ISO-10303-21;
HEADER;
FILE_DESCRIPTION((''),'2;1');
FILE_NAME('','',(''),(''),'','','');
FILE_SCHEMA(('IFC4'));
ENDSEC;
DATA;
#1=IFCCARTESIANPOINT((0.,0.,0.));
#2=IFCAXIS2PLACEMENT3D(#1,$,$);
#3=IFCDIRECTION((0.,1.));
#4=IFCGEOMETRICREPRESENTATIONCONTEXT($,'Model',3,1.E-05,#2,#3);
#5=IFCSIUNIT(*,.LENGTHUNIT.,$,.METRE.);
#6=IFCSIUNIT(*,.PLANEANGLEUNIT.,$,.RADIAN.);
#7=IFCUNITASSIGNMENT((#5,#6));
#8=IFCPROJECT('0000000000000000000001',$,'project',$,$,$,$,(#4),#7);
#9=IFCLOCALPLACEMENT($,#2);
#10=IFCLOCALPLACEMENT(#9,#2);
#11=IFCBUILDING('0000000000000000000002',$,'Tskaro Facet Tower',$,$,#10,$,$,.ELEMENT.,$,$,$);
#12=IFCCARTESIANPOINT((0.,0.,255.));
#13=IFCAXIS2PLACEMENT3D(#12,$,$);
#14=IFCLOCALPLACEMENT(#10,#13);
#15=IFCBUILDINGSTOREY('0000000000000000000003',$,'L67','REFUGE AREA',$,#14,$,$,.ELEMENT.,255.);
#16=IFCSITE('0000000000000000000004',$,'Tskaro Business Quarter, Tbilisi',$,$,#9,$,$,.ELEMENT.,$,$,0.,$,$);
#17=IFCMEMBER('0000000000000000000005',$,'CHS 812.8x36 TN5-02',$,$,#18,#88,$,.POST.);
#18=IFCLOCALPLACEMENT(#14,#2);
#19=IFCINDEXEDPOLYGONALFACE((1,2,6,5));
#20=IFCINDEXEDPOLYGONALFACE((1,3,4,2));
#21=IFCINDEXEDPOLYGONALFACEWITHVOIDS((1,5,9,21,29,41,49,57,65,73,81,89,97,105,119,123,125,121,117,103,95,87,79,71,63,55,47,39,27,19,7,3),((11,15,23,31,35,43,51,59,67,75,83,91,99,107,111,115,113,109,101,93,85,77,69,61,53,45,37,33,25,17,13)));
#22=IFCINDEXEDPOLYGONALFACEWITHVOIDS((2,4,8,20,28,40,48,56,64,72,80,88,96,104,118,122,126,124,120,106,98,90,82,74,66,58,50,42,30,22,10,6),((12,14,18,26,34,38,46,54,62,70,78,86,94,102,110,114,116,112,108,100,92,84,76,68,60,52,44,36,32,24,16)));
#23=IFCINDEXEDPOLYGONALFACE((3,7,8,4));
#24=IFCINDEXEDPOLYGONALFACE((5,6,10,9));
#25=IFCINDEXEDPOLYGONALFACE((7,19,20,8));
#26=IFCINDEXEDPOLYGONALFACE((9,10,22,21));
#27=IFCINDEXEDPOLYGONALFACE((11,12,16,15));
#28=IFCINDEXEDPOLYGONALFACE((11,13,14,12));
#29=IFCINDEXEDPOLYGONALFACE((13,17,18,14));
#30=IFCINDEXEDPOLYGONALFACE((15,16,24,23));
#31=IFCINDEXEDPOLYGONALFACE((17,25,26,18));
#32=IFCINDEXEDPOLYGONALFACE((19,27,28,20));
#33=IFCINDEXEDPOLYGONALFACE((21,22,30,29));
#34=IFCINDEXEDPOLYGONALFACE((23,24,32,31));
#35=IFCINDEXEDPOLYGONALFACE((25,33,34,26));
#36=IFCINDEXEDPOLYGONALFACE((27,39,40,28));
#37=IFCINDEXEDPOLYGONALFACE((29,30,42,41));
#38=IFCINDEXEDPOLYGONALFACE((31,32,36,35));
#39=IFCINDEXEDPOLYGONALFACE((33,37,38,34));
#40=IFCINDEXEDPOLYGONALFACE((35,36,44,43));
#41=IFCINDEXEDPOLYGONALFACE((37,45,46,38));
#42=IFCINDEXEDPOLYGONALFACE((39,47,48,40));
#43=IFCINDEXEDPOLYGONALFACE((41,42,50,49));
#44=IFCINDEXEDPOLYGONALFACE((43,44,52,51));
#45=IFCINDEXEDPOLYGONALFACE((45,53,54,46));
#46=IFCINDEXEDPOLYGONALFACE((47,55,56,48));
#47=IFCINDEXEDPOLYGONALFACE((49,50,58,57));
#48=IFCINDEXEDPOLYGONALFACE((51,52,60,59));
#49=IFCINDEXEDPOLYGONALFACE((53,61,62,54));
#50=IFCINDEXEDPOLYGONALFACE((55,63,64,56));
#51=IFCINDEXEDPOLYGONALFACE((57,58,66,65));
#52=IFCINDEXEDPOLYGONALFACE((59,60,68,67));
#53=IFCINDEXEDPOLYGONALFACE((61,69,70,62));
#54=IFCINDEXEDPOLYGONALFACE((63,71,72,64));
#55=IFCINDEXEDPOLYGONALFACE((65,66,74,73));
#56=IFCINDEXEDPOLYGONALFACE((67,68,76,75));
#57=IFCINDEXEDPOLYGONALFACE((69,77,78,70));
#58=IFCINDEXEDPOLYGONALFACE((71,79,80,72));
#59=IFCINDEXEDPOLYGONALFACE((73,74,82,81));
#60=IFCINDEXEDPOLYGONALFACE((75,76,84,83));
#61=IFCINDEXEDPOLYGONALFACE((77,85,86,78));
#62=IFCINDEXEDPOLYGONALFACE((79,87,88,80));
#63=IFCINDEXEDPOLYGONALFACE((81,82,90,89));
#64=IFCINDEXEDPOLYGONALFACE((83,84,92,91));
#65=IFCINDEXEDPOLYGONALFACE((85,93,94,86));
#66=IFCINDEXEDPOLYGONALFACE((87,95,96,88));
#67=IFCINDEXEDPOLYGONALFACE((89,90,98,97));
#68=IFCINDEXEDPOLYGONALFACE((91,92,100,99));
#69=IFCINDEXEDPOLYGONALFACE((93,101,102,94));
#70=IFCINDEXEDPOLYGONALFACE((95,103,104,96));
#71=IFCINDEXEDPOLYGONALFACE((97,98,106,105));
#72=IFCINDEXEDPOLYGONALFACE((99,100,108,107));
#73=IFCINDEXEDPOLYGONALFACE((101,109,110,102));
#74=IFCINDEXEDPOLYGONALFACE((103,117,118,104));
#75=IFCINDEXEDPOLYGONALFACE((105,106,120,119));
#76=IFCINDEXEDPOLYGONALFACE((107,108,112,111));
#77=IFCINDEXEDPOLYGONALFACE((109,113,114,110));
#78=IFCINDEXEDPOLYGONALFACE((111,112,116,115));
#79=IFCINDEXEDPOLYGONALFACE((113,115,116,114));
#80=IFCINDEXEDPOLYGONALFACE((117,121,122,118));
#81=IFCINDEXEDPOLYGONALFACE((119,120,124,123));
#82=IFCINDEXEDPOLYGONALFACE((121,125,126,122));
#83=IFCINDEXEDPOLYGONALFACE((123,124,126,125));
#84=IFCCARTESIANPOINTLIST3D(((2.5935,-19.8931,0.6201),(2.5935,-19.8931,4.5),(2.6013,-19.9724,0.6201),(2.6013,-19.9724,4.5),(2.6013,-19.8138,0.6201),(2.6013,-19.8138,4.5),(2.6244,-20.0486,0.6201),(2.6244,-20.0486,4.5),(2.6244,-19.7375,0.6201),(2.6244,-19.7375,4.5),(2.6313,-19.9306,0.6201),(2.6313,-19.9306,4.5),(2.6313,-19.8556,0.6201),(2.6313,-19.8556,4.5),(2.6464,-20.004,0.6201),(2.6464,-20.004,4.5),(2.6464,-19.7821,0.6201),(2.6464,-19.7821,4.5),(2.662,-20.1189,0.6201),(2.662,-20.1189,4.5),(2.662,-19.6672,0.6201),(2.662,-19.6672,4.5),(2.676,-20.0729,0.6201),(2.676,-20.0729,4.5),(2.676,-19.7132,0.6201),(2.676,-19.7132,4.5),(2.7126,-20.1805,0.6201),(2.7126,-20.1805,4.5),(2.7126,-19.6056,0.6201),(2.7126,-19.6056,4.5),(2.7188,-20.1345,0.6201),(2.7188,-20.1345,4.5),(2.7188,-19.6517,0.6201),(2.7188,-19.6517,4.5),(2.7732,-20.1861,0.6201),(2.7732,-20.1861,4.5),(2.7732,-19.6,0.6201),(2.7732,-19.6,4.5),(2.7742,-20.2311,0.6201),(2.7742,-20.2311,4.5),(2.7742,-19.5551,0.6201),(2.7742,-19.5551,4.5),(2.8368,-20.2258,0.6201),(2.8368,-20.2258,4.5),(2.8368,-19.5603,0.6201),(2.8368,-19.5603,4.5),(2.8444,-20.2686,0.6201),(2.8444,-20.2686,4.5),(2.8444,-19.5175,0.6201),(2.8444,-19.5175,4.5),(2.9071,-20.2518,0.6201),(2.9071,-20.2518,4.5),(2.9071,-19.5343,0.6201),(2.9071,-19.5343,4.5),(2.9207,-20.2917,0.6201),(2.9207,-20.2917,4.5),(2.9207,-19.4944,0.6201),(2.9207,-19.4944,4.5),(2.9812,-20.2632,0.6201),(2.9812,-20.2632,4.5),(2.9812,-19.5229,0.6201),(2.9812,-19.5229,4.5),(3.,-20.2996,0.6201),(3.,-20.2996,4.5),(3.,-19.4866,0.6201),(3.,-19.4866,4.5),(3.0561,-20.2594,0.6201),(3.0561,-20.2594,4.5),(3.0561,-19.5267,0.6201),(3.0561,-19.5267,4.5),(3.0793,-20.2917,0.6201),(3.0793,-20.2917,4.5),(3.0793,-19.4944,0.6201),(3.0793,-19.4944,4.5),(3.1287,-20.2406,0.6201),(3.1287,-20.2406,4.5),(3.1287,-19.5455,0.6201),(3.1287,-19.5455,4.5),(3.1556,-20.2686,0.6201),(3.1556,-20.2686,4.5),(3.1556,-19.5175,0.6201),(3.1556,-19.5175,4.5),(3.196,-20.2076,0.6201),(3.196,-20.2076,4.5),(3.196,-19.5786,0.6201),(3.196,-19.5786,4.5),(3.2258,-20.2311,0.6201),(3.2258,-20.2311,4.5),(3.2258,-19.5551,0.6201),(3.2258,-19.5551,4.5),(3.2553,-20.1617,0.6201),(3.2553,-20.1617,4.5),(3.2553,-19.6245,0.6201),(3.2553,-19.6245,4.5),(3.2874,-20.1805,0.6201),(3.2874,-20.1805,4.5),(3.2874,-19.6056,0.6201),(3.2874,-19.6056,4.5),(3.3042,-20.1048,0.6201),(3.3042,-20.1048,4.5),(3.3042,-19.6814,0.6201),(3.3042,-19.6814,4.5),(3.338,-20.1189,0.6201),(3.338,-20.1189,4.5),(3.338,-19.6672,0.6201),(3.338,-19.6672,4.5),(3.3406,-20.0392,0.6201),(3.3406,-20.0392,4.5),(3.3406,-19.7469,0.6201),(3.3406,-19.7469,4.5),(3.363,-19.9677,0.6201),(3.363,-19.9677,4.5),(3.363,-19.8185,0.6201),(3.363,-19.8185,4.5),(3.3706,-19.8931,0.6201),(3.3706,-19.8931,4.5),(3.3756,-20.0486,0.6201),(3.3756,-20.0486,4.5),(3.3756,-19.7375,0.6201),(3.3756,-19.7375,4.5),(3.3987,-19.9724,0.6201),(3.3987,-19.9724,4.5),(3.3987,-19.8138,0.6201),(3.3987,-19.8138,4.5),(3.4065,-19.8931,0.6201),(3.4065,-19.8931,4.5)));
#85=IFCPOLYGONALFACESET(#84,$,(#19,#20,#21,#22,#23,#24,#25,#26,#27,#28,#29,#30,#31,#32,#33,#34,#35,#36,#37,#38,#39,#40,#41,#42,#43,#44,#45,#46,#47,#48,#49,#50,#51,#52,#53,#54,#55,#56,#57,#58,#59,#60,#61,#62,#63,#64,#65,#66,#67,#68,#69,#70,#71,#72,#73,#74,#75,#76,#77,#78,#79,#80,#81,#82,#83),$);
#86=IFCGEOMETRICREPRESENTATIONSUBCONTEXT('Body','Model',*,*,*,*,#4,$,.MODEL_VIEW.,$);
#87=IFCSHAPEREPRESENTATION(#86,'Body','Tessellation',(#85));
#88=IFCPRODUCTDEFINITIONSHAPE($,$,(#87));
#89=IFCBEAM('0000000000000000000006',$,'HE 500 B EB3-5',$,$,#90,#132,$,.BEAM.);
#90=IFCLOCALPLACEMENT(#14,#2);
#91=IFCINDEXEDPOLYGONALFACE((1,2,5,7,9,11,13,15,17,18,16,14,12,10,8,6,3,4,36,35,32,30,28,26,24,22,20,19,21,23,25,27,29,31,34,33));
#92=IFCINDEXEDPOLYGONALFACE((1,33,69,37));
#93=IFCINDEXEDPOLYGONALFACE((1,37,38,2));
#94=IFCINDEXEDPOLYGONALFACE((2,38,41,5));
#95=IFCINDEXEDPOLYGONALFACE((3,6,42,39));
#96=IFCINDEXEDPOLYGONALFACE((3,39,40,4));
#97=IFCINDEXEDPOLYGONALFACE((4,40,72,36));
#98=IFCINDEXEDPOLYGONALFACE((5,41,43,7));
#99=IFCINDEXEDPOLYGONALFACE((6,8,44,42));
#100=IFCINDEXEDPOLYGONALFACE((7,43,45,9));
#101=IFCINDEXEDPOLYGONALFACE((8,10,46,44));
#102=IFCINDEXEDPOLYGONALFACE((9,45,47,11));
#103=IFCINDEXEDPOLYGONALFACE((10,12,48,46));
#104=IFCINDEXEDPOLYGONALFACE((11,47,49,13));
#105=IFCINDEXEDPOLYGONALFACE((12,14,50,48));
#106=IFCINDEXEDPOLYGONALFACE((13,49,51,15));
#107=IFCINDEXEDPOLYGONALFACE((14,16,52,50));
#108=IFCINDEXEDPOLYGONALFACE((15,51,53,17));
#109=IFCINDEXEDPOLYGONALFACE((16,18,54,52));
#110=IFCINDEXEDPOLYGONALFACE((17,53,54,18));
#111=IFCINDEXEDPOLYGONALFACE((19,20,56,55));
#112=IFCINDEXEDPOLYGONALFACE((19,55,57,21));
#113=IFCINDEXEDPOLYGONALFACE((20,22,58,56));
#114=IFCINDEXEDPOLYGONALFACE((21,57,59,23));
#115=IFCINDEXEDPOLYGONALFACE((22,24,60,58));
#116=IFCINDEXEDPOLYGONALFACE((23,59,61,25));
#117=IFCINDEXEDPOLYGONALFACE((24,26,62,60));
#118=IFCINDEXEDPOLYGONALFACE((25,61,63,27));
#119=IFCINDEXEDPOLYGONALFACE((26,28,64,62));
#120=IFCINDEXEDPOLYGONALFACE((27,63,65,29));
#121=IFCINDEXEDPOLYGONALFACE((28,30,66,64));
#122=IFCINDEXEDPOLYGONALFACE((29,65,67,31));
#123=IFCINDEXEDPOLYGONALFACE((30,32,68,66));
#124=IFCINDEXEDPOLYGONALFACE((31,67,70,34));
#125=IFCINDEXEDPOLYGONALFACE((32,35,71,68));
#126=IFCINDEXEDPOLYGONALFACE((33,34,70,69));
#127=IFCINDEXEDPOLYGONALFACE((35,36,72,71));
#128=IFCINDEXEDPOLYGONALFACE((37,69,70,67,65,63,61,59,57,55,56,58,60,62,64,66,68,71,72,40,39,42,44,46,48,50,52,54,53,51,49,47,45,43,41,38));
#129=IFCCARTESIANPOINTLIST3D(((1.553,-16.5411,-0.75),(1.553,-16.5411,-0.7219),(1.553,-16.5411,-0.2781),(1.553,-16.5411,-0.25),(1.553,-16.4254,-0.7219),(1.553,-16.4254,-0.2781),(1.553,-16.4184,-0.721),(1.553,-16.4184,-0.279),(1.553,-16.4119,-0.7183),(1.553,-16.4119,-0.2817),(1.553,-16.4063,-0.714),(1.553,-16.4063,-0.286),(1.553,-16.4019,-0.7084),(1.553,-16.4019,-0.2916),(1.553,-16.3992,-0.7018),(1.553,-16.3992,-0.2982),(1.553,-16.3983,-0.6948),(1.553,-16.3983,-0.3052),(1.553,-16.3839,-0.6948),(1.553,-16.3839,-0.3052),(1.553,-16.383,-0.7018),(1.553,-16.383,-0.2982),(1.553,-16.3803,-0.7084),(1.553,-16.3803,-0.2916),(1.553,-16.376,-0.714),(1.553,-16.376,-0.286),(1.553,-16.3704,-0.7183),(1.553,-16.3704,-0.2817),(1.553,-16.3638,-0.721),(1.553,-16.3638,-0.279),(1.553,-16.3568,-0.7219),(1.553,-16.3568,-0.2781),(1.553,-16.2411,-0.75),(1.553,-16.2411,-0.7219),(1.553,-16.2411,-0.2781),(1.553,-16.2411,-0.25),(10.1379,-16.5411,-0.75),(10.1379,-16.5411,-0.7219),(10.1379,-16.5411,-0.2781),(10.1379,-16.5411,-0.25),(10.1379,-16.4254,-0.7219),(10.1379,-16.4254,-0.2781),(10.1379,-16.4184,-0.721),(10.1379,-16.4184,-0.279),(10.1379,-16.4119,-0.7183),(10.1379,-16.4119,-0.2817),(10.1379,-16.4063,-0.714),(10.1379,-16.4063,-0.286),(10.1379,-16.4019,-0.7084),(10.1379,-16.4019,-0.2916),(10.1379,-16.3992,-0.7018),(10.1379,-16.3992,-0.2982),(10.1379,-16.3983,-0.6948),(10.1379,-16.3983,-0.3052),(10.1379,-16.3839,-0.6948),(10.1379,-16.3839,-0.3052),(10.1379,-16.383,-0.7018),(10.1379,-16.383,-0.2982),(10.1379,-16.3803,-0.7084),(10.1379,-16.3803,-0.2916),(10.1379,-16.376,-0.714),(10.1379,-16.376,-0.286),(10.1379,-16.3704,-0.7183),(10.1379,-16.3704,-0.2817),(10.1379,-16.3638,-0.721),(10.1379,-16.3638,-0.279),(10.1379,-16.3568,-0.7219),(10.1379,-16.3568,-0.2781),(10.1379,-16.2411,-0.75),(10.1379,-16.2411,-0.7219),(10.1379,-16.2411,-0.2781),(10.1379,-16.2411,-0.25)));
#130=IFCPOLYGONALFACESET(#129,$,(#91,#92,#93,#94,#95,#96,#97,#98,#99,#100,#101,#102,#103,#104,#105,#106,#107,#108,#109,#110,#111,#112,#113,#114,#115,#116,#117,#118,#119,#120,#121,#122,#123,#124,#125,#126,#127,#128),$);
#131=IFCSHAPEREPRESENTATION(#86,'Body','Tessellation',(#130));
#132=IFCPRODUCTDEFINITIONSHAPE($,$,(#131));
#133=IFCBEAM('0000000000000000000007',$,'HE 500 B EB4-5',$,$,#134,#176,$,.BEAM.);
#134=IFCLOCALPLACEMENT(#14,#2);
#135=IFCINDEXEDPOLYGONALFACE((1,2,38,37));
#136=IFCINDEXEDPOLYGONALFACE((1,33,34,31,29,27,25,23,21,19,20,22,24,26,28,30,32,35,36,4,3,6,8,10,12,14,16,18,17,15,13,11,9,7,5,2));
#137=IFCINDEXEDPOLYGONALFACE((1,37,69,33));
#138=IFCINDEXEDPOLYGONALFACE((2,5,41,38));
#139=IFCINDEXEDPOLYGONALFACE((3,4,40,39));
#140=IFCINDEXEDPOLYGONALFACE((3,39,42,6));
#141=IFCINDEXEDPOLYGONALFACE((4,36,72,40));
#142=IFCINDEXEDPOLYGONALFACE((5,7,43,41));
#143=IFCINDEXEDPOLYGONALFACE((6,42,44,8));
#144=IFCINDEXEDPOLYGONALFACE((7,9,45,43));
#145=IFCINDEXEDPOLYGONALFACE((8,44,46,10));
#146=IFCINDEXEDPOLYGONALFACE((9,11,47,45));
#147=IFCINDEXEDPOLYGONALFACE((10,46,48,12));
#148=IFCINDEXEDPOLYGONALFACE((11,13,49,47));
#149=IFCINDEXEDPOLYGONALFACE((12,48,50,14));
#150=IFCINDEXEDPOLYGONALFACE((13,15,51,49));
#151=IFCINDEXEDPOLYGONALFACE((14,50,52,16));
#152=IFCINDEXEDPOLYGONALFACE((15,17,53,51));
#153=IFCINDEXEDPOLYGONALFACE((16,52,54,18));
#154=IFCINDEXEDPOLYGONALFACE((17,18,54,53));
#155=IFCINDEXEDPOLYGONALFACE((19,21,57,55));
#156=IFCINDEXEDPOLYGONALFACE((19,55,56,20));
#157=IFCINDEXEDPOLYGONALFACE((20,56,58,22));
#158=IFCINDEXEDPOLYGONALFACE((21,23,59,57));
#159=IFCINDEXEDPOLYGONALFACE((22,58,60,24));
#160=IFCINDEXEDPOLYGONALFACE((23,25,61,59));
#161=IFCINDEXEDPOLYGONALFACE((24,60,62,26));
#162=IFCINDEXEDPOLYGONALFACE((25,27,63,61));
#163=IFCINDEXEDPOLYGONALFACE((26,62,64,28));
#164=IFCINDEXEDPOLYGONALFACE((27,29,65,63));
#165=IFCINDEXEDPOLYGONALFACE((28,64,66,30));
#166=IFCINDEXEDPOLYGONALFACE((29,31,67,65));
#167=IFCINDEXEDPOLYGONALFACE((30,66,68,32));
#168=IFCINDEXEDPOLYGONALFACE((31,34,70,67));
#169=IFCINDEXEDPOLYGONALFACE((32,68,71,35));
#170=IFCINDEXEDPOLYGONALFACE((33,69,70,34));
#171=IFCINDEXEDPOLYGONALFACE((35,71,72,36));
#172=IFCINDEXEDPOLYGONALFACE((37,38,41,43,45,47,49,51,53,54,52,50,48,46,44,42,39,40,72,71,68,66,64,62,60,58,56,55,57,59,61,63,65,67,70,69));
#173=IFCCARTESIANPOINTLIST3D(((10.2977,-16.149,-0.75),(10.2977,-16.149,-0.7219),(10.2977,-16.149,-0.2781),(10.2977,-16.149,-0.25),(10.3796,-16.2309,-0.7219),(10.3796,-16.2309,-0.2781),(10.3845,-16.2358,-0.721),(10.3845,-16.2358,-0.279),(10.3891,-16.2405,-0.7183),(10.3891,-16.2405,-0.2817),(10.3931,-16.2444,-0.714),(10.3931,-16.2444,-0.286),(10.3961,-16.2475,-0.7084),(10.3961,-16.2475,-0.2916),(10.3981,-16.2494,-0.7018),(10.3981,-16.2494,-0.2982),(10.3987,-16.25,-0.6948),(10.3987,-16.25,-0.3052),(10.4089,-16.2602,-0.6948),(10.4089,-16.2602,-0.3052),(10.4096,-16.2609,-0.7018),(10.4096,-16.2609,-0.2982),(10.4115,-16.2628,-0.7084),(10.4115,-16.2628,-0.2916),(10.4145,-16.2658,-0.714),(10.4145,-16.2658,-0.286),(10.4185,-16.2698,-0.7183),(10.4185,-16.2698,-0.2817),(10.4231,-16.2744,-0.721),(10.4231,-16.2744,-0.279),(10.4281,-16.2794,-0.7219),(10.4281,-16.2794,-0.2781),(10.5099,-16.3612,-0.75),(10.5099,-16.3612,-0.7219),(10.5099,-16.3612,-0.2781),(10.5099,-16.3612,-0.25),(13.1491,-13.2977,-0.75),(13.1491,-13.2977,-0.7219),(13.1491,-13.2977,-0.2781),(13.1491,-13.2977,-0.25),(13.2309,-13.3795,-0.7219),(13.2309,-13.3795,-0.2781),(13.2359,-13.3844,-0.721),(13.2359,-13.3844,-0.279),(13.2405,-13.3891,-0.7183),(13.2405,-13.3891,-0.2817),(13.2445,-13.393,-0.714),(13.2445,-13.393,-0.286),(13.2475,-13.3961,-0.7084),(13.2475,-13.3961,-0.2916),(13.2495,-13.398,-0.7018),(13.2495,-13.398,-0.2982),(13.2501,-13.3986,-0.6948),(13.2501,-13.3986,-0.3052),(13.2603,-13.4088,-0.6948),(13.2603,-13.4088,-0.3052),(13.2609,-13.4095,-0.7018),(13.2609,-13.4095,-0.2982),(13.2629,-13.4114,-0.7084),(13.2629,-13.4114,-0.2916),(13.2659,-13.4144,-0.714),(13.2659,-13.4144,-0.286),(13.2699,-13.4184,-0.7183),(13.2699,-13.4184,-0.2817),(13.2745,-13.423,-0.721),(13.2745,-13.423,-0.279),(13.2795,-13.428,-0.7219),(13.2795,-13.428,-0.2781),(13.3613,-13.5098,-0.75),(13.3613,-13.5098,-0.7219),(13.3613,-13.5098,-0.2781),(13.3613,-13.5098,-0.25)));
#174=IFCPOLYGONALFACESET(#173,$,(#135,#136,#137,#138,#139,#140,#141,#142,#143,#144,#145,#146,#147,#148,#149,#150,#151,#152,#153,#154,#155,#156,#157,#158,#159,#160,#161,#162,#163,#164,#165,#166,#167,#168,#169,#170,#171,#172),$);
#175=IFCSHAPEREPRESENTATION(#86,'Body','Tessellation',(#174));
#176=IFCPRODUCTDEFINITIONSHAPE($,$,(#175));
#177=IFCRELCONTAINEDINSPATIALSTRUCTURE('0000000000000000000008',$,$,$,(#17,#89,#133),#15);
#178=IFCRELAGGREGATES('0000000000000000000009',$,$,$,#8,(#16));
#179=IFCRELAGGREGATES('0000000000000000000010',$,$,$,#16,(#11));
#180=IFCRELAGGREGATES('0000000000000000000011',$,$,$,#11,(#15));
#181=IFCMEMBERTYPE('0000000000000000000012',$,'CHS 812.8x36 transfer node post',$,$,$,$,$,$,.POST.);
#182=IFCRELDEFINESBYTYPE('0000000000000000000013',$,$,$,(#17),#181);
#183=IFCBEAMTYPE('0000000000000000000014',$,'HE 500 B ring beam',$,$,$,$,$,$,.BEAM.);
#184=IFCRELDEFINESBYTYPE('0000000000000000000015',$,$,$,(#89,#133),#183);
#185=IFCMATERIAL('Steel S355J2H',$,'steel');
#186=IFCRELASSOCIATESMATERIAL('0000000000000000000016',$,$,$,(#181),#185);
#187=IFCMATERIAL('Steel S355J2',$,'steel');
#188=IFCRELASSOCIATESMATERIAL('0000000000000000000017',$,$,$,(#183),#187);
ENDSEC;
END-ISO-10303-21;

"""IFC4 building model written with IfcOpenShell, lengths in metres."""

from ifc_helpers import new_model, si_unit, direction, frame, origin, origin_2d, place, context, subcontext, project, spatial, hollow_circle, i_section, extrude, material, material_profile, profile_set, type_object, element, save


model = new_model("IFC4")

# Units and contexts
model_context = context("Model", 3, precision=1e-05, world=origin(), true_north=direction((0.0, 1.0)))
body_context = subcontext(model_context, "Body", "Model", "MODEL_VIEW")
ifc_project = project(units=[si_unit("LENGTHUNIT", "METRE"), si_unit("PLANEANGLEUNIT", "RADIAN")], contexts=[model_context])

# Site, building, storey
site_placement = place(None, origin())
site = spatial("IfcSite", under=ifc_project, at=site_placement, Name="Tskaro Business Quarter, Tbilisi", CompositionType="ELEMENT", RefElevation=0.0)
building_placement = place(site_placement, origin())
building = spatial("IfcBuilding", under=site, at=building_placement, Name="Tskaro Facet Tower", CompositionType="ELEMENT")
storey_placement = place(building_placement, frame((0.0, 0.0, 255.0)))
storey = spatial("IfcBuildingStorey", under=building, at=storey_placement, Name="L67", Description="REFUGE AREA", CompositionType="ELEMENT", Elevation=255.0)

# Shared definitions
ifc_material_1 = material(Name="Steel S355J2", Category="steel")
ifc_material_2 = material(Name="Steel S355J2H", Category="steel")

# Member
ifc_material_profile_1 = material_profile(ifc_material_2, hollow_circle(Radius=0.4065, WallThickness=0.0359, at=origin_2d()), Name="CHS 812.8x36")
ifc_profile_set_1 = profile_set([ifc_material_profile_1], Name="Steel S355J2H")
member_type_1 = type_object("IfcMemberType", Name="CHS 812.8x36 transfer node post", PredefinedType="POST", material=ifc_profile_set_1)
member_1_placement = place(storey_placement, frame((3.0, -19.8931, 0.6201), z_axis=(0.0, 0.0, 1.0), x_axis=(1.0, 0.0, 0.0)))
element("IfcMember", 1, at=member_1_placement, inside=storey, type_object=member_type_1, Name="CHS 812.8x36 TN5-02", PredefinedType="POST", context=body_context, shape_type="SweptSolid", body=[
    extrude(hollow_circle(Radius=0.4065, WallThickness=0.0359, at=origin_2d()), origin(), (0.0, 0.0, 1.0), 3.8799),
])

# Beams
ifc_material_profile_2 = material_profile(ifc_material_1, i_section(OverallWidth=0.3, OverallDepth=0.5, WebThickness=0.0144, FlangeThickness=0.0281, FilletRadius=0.0271, at=origin_2d()), Name="HE 500 B")
ifc_profile_set_2 = profile_set([ifc_material_profile_2], Name="Steel S355J2")
beam_type_1 = type_object("IfcBeamType", Name="HE 500 B ring beam", PredefinedType="BEAM", material=ifc_profile_set_2)
beam_1_placement = place(storey_placement, frame((1.553, -16.3911, -0.5), z_axis=(1.0, 0.0, 0.0), x_axis=(0.0, 1.0, 0.0)))
element("IfcBeam", 2, at=beam_1_placement, inside=storey, type_object=beam_type_1, Name="HE 500 B EB3-5", PredefinedType="BEAM", context=body_context, shape_type="SweptSolid", body=[
    extrude(i_section(OverallWidth=0.3, OverallDepth=0.5, WebThickness=0.0144, FlangeThickness=0.0281, FilletRadius=0.0271, at=origin_2d()), origin(), (0.0, 0.0, 1.0), 8.585),
])
beam_2_placement = place(storey_placement, frame((10.4038, -16.2551, -0.5), z_axis=(0.707107, 0.707107, 0.0), x_axis=(-0.707107, 0.707107, 0.0)))
element("IfcBeam", 3, at=beam_2_placement, inside=storey, type_object=beam_type_1, Name="HE 500 B EB4-5", PredefinedType="BEAM", context=body_context, shape_type="SweptSolid", body=[
    extrude(i_section(OverallWidth=0.3, OverallDepth=0.5, WebThickness=0.0144, FlangeThickness=0.0281, FilletRadius=0.0271, at=origin_2d()), origin(), (0.0, 0.0, 1.0), 4.0325),
])

save(model, "model.ifc")
